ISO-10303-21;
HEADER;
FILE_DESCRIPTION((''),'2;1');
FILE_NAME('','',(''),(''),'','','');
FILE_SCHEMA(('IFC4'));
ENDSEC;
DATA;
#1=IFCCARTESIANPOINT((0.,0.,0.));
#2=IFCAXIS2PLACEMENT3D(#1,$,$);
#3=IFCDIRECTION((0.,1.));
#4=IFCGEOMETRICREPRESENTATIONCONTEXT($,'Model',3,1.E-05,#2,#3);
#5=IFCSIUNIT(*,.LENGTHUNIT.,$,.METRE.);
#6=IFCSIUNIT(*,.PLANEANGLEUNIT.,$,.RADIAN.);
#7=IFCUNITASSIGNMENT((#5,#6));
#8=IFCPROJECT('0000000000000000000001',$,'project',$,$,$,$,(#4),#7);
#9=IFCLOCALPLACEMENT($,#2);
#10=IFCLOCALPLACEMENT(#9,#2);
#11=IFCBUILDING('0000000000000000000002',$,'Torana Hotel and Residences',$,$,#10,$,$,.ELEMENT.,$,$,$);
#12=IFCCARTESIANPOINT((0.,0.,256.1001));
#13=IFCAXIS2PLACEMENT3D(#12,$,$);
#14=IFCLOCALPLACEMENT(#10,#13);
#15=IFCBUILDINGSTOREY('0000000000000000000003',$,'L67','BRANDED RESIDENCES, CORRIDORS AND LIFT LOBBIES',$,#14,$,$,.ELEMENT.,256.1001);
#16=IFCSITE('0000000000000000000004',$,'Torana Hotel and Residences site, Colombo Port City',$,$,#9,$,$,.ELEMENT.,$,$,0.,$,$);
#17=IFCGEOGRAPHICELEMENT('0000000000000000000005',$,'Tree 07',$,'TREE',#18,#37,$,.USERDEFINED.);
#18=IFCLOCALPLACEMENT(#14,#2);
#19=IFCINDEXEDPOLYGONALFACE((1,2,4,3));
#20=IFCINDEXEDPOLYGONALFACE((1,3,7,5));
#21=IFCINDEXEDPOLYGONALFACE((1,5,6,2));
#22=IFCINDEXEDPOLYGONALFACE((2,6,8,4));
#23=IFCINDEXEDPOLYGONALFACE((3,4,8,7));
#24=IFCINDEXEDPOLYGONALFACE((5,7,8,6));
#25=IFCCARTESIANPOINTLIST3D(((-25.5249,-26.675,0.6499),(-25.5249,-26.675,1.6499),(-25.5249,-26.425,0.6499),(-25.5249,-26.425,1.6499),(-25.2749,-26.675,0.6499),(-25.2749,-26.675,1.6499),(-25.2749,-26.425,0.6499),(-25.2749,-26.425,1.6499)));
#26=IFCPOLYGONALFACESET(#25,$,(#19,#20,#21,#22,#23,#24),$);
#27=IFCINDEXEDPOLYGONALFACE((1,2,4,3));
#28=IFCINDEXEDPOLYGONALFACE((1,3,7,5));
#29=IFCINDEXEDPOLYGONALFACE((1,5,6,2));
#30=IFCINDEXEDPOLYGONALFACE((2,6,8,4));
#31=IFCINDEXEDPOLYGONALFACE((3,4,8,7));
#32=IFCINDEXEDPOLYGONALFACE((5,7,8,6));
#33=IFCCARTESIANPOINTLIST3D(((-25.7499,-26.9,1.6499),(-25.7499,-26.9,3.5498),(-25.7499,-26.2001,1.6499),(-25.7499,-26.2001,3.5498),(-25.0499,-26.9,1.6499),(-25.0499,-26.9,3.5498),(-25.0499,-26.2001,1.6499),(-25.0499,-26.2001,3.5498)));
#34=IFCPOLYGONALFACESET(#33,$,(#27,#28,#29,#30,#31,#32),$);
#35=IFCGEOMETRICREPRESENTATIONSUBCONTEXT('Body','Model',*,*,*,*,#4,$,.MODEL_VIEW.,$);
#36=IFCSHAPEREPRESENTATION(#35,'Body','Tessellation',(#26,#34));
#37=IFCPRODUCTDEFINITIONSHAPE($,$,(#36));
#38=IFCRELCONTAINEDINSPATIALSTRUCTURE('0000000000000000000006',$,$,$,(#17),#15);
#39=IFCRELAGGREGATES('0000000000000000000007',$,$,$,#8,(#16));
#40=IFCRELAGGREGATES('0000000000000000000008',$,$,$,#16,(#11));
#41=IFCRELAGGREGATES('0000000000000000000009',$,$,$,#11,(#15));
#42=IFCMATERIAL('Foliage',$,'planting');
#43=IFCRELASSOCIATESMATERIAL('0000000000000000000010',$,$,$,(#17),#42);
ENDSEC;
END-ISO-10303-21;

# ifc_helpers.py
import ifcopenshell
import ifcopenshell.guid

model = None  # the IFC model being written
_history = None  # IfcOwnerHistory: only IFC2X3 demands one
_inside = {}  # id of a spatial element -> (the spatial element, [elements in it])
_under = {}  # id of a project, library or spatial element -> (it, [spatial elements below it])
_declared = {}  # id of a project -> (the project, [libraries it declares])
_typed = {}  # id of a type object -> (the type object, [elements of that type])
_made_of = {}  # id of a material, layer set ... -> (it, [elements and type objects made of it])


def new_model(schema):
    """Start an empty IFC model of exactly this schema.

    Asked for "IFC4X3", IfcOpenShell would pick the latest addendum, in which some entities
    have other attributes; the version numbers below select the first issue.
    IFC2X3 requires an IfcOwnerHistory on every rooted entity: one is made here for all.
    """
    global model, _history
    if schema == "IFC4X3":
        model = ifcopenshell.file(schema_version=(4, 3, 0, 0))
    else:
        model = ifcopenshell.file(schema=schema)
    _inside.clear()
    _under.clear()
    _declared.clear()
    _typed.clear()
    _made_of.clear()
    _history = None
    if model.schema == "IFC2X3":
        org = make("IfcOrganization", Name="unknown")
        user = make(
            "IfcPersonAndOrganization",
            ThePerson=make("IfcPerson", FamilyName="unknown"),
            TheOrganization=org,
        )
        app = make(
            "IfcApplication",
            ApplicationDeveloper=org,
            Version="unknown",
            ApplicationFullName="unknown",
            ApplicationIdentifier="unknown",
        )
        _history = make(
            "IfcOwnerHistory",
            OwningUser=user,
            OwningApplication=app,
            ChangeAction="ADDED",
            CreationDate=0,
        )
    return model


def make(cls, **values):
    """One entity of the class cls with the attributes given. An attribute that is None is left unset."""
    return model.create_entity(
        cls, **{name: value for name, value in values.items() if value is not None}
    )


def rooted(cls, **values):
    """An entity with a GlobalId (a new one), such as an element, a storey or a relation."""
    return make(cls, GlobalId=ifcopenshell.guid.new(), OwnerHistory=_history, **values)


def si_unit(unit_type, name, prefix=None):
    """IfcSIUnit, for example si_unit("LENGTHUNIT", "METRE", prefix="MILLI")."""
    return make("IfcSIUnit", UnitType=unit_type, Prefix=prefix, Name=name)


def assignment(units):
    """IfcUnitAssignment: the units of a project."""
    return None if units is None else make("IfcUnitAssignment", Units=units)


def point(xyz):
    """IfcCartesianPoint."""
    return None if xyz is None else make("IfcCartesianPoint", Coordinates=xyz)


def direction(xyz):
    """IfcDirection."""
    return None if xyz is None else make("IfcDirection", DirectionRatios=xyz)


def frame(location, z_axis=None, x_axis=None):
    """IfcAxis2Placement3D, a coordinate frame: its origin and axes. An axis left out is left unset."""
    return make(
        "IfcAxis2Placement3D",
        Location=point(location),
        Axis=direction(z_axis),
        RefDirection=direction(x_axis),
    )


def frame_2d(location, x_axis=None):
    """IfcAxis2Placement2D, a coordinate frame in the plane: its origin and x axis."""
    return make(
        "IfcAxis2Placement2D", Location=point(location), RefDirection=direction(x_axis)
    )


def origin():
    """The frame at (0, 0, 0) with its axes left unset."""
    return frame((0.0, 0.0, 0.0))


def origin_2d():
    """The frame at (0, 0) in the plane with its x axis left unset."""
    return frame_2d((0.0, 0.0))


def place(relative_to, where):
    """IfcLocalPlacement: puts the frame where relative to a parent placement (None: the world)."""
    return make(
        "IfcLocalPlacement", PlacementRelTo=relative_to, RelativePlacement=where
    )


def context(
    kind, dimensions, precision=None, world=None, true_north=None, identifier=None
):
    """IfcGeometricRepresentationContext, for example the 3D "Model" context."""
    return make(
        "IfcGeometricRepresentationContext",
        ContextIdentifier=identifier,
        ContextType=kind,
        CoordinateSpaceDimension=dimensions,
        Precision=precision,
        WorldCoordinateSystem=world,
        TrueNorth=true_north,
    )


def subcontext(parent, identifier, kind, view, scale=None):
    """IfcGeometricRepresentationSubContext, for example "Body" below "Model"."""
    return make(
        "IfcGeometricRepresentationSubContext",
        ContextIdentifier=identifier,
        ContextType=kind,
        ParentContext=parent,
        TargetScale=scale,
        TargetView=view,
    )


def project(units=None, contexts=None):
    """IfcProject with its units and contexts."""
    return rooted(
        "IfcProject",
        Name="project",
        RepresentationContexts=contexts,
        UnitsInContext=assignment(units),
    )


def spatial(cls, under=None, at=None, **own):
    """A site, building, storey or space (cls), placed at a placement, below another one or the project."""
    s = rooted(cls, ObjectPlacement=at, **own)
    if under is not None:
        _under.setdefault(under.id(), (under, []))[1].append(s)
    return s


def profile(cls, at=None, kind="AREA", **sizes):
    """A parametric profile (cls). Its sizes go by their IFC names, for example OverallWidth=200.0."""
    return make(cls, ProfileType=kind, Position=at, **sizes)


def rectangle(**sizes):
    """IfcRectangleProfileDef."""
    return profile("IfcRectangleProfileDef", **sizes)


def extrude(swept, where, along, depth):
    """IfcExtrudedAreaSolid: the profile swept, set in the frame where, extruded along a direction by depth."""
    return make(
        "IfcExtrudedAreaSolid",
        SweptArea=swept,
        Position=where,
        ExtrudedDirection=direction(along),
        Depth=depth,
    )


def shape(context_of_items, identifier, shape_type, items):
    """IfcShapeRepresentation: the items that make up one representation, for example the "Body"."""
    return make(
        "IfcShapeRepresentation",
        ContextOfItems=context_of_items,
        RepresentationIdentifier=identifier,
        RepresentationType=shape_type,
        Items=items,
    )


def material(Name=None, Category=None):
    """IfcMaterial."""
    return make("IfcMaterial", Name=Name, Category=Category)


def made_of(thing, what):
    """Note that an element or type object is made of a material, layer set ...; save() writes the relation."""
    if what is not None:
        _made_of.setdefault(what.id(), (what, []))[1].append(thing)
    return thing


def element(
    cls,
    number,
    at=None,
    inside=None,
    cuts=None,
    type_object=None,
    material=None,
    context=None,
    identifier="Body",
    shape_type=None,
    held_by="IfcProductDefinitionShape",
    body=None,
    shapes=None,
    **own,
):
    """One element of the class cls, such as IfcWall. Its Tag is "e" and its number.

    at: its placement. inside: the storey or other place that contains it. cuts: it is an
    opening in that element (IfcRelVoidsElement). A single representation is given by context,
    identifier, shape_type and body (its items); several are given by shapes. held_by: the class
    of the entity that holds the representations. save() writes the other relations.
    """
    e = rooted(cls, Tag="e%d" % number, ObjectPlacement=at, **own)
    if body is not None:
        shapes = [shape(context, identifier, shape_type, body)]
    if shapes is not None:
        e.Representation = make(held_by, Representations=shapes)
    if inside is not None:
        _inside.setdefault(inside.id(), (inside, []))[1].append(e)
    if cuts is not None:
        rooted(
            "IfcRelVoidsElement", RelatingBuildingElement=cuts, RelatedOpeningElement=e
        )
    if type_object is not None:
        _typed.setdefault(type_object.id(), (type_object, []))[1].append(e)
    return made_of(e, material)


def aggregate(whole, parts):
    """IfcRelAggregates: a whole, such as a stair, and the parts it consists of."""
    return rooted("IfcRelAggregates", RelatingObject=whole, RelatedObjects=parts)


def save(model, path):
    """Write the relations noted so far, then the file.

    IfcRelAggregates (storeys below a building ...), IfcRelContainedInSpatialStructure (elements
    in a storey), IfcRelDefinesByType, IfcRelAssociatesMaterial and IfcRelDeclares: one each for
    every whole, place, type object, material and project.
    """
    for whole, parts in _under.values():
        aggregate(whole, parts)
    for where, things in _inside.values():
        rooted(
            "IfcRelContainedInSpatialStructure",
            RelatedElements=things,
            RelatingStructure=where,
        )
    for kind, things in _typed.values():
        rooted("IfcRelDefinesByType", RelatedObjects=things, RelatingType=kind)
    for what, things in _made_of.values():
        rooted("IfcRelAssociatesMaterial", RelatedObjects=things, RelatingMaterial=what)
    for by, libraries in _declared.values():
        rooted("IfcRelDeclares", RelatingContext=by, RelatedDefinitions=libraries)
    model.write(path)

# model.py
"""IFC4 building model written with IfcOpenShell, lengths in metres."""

from ifc_helpers import new_model, si_unit, direction, frame, origin, origin_2d, place, context, subcontext, project, spatial, rectangle, extrude, material, element, save


model = new_model("IFC4")

# Units and contexts
model_context = context("Model", 3, precision=1e-05, world=origin(), true_north=direction((0.0, 1.0)))
body_context = subcontext(model_context, "Body", "Model", "MODEL_VIEW")
ifc_project = project(units=[si_unit("LENGTHUNIT", "METRE"), si_unit("PLANEANGLEUNIT", "RADIAN")], contexts=[model_context])

# Site, building, storey
site_placement = place(None, origin())
site = spatial("IfcSite", under=ifc_project, at=site_placement, Name="Torana Hotel and Residences site, Colombo Port City", CompositionType="ELEMENT", RefElevation=0.0)
building_placement = place(site_placement, origin())
building = spatial("IfcBuilding", under=site, at=building_placement, Name="Torana Hotel and Residences", CompositionType="ELEMENT")
storey_placement = place(building_placement, frame((0.0, 0.0, 256.1001)))
storey = spatial("IfcBuildingStorey", under=building, at=storey_placement, Name="L67", Description="BRANDED RESIDENCES, CORRIDORS AND LIFT LOBBIES", CompositionType="ELEMENT", Elevation=256.1001)

# Geographic element
ifc_material_1 = material(Name="Foliage", Category="planting")
geographic_element_placement = place(storey_placement, frame((-25.3999, -26.55, 0.6499), z_axis=(0.0, 0.0, 1.0), x_axis=(1.0, 0.0, 0.0)))
element("IfcGeographicElement", 1, at=geographic_element_placement, inside=storey, material=ifc_material_1, Name="Tree 07", ObjectType="TREE", PredefinedType="USERDEFINED", context=body_context, shape_type="SweptSolid", body=[
    extrude(rectangle(XDim=0.25, YDim=0.25, at=origin_2d()), origin(), (0.0, 0.0, 1.0), 1.0),
    extrude(rectangle(XDim=0.7, YDim=0.7, at=origin_2d()), frame((0.0, 0.0, 1.0)), (0.0, 0.0, 1.0), 1.8999),
])

save(model, "model.ifc")
